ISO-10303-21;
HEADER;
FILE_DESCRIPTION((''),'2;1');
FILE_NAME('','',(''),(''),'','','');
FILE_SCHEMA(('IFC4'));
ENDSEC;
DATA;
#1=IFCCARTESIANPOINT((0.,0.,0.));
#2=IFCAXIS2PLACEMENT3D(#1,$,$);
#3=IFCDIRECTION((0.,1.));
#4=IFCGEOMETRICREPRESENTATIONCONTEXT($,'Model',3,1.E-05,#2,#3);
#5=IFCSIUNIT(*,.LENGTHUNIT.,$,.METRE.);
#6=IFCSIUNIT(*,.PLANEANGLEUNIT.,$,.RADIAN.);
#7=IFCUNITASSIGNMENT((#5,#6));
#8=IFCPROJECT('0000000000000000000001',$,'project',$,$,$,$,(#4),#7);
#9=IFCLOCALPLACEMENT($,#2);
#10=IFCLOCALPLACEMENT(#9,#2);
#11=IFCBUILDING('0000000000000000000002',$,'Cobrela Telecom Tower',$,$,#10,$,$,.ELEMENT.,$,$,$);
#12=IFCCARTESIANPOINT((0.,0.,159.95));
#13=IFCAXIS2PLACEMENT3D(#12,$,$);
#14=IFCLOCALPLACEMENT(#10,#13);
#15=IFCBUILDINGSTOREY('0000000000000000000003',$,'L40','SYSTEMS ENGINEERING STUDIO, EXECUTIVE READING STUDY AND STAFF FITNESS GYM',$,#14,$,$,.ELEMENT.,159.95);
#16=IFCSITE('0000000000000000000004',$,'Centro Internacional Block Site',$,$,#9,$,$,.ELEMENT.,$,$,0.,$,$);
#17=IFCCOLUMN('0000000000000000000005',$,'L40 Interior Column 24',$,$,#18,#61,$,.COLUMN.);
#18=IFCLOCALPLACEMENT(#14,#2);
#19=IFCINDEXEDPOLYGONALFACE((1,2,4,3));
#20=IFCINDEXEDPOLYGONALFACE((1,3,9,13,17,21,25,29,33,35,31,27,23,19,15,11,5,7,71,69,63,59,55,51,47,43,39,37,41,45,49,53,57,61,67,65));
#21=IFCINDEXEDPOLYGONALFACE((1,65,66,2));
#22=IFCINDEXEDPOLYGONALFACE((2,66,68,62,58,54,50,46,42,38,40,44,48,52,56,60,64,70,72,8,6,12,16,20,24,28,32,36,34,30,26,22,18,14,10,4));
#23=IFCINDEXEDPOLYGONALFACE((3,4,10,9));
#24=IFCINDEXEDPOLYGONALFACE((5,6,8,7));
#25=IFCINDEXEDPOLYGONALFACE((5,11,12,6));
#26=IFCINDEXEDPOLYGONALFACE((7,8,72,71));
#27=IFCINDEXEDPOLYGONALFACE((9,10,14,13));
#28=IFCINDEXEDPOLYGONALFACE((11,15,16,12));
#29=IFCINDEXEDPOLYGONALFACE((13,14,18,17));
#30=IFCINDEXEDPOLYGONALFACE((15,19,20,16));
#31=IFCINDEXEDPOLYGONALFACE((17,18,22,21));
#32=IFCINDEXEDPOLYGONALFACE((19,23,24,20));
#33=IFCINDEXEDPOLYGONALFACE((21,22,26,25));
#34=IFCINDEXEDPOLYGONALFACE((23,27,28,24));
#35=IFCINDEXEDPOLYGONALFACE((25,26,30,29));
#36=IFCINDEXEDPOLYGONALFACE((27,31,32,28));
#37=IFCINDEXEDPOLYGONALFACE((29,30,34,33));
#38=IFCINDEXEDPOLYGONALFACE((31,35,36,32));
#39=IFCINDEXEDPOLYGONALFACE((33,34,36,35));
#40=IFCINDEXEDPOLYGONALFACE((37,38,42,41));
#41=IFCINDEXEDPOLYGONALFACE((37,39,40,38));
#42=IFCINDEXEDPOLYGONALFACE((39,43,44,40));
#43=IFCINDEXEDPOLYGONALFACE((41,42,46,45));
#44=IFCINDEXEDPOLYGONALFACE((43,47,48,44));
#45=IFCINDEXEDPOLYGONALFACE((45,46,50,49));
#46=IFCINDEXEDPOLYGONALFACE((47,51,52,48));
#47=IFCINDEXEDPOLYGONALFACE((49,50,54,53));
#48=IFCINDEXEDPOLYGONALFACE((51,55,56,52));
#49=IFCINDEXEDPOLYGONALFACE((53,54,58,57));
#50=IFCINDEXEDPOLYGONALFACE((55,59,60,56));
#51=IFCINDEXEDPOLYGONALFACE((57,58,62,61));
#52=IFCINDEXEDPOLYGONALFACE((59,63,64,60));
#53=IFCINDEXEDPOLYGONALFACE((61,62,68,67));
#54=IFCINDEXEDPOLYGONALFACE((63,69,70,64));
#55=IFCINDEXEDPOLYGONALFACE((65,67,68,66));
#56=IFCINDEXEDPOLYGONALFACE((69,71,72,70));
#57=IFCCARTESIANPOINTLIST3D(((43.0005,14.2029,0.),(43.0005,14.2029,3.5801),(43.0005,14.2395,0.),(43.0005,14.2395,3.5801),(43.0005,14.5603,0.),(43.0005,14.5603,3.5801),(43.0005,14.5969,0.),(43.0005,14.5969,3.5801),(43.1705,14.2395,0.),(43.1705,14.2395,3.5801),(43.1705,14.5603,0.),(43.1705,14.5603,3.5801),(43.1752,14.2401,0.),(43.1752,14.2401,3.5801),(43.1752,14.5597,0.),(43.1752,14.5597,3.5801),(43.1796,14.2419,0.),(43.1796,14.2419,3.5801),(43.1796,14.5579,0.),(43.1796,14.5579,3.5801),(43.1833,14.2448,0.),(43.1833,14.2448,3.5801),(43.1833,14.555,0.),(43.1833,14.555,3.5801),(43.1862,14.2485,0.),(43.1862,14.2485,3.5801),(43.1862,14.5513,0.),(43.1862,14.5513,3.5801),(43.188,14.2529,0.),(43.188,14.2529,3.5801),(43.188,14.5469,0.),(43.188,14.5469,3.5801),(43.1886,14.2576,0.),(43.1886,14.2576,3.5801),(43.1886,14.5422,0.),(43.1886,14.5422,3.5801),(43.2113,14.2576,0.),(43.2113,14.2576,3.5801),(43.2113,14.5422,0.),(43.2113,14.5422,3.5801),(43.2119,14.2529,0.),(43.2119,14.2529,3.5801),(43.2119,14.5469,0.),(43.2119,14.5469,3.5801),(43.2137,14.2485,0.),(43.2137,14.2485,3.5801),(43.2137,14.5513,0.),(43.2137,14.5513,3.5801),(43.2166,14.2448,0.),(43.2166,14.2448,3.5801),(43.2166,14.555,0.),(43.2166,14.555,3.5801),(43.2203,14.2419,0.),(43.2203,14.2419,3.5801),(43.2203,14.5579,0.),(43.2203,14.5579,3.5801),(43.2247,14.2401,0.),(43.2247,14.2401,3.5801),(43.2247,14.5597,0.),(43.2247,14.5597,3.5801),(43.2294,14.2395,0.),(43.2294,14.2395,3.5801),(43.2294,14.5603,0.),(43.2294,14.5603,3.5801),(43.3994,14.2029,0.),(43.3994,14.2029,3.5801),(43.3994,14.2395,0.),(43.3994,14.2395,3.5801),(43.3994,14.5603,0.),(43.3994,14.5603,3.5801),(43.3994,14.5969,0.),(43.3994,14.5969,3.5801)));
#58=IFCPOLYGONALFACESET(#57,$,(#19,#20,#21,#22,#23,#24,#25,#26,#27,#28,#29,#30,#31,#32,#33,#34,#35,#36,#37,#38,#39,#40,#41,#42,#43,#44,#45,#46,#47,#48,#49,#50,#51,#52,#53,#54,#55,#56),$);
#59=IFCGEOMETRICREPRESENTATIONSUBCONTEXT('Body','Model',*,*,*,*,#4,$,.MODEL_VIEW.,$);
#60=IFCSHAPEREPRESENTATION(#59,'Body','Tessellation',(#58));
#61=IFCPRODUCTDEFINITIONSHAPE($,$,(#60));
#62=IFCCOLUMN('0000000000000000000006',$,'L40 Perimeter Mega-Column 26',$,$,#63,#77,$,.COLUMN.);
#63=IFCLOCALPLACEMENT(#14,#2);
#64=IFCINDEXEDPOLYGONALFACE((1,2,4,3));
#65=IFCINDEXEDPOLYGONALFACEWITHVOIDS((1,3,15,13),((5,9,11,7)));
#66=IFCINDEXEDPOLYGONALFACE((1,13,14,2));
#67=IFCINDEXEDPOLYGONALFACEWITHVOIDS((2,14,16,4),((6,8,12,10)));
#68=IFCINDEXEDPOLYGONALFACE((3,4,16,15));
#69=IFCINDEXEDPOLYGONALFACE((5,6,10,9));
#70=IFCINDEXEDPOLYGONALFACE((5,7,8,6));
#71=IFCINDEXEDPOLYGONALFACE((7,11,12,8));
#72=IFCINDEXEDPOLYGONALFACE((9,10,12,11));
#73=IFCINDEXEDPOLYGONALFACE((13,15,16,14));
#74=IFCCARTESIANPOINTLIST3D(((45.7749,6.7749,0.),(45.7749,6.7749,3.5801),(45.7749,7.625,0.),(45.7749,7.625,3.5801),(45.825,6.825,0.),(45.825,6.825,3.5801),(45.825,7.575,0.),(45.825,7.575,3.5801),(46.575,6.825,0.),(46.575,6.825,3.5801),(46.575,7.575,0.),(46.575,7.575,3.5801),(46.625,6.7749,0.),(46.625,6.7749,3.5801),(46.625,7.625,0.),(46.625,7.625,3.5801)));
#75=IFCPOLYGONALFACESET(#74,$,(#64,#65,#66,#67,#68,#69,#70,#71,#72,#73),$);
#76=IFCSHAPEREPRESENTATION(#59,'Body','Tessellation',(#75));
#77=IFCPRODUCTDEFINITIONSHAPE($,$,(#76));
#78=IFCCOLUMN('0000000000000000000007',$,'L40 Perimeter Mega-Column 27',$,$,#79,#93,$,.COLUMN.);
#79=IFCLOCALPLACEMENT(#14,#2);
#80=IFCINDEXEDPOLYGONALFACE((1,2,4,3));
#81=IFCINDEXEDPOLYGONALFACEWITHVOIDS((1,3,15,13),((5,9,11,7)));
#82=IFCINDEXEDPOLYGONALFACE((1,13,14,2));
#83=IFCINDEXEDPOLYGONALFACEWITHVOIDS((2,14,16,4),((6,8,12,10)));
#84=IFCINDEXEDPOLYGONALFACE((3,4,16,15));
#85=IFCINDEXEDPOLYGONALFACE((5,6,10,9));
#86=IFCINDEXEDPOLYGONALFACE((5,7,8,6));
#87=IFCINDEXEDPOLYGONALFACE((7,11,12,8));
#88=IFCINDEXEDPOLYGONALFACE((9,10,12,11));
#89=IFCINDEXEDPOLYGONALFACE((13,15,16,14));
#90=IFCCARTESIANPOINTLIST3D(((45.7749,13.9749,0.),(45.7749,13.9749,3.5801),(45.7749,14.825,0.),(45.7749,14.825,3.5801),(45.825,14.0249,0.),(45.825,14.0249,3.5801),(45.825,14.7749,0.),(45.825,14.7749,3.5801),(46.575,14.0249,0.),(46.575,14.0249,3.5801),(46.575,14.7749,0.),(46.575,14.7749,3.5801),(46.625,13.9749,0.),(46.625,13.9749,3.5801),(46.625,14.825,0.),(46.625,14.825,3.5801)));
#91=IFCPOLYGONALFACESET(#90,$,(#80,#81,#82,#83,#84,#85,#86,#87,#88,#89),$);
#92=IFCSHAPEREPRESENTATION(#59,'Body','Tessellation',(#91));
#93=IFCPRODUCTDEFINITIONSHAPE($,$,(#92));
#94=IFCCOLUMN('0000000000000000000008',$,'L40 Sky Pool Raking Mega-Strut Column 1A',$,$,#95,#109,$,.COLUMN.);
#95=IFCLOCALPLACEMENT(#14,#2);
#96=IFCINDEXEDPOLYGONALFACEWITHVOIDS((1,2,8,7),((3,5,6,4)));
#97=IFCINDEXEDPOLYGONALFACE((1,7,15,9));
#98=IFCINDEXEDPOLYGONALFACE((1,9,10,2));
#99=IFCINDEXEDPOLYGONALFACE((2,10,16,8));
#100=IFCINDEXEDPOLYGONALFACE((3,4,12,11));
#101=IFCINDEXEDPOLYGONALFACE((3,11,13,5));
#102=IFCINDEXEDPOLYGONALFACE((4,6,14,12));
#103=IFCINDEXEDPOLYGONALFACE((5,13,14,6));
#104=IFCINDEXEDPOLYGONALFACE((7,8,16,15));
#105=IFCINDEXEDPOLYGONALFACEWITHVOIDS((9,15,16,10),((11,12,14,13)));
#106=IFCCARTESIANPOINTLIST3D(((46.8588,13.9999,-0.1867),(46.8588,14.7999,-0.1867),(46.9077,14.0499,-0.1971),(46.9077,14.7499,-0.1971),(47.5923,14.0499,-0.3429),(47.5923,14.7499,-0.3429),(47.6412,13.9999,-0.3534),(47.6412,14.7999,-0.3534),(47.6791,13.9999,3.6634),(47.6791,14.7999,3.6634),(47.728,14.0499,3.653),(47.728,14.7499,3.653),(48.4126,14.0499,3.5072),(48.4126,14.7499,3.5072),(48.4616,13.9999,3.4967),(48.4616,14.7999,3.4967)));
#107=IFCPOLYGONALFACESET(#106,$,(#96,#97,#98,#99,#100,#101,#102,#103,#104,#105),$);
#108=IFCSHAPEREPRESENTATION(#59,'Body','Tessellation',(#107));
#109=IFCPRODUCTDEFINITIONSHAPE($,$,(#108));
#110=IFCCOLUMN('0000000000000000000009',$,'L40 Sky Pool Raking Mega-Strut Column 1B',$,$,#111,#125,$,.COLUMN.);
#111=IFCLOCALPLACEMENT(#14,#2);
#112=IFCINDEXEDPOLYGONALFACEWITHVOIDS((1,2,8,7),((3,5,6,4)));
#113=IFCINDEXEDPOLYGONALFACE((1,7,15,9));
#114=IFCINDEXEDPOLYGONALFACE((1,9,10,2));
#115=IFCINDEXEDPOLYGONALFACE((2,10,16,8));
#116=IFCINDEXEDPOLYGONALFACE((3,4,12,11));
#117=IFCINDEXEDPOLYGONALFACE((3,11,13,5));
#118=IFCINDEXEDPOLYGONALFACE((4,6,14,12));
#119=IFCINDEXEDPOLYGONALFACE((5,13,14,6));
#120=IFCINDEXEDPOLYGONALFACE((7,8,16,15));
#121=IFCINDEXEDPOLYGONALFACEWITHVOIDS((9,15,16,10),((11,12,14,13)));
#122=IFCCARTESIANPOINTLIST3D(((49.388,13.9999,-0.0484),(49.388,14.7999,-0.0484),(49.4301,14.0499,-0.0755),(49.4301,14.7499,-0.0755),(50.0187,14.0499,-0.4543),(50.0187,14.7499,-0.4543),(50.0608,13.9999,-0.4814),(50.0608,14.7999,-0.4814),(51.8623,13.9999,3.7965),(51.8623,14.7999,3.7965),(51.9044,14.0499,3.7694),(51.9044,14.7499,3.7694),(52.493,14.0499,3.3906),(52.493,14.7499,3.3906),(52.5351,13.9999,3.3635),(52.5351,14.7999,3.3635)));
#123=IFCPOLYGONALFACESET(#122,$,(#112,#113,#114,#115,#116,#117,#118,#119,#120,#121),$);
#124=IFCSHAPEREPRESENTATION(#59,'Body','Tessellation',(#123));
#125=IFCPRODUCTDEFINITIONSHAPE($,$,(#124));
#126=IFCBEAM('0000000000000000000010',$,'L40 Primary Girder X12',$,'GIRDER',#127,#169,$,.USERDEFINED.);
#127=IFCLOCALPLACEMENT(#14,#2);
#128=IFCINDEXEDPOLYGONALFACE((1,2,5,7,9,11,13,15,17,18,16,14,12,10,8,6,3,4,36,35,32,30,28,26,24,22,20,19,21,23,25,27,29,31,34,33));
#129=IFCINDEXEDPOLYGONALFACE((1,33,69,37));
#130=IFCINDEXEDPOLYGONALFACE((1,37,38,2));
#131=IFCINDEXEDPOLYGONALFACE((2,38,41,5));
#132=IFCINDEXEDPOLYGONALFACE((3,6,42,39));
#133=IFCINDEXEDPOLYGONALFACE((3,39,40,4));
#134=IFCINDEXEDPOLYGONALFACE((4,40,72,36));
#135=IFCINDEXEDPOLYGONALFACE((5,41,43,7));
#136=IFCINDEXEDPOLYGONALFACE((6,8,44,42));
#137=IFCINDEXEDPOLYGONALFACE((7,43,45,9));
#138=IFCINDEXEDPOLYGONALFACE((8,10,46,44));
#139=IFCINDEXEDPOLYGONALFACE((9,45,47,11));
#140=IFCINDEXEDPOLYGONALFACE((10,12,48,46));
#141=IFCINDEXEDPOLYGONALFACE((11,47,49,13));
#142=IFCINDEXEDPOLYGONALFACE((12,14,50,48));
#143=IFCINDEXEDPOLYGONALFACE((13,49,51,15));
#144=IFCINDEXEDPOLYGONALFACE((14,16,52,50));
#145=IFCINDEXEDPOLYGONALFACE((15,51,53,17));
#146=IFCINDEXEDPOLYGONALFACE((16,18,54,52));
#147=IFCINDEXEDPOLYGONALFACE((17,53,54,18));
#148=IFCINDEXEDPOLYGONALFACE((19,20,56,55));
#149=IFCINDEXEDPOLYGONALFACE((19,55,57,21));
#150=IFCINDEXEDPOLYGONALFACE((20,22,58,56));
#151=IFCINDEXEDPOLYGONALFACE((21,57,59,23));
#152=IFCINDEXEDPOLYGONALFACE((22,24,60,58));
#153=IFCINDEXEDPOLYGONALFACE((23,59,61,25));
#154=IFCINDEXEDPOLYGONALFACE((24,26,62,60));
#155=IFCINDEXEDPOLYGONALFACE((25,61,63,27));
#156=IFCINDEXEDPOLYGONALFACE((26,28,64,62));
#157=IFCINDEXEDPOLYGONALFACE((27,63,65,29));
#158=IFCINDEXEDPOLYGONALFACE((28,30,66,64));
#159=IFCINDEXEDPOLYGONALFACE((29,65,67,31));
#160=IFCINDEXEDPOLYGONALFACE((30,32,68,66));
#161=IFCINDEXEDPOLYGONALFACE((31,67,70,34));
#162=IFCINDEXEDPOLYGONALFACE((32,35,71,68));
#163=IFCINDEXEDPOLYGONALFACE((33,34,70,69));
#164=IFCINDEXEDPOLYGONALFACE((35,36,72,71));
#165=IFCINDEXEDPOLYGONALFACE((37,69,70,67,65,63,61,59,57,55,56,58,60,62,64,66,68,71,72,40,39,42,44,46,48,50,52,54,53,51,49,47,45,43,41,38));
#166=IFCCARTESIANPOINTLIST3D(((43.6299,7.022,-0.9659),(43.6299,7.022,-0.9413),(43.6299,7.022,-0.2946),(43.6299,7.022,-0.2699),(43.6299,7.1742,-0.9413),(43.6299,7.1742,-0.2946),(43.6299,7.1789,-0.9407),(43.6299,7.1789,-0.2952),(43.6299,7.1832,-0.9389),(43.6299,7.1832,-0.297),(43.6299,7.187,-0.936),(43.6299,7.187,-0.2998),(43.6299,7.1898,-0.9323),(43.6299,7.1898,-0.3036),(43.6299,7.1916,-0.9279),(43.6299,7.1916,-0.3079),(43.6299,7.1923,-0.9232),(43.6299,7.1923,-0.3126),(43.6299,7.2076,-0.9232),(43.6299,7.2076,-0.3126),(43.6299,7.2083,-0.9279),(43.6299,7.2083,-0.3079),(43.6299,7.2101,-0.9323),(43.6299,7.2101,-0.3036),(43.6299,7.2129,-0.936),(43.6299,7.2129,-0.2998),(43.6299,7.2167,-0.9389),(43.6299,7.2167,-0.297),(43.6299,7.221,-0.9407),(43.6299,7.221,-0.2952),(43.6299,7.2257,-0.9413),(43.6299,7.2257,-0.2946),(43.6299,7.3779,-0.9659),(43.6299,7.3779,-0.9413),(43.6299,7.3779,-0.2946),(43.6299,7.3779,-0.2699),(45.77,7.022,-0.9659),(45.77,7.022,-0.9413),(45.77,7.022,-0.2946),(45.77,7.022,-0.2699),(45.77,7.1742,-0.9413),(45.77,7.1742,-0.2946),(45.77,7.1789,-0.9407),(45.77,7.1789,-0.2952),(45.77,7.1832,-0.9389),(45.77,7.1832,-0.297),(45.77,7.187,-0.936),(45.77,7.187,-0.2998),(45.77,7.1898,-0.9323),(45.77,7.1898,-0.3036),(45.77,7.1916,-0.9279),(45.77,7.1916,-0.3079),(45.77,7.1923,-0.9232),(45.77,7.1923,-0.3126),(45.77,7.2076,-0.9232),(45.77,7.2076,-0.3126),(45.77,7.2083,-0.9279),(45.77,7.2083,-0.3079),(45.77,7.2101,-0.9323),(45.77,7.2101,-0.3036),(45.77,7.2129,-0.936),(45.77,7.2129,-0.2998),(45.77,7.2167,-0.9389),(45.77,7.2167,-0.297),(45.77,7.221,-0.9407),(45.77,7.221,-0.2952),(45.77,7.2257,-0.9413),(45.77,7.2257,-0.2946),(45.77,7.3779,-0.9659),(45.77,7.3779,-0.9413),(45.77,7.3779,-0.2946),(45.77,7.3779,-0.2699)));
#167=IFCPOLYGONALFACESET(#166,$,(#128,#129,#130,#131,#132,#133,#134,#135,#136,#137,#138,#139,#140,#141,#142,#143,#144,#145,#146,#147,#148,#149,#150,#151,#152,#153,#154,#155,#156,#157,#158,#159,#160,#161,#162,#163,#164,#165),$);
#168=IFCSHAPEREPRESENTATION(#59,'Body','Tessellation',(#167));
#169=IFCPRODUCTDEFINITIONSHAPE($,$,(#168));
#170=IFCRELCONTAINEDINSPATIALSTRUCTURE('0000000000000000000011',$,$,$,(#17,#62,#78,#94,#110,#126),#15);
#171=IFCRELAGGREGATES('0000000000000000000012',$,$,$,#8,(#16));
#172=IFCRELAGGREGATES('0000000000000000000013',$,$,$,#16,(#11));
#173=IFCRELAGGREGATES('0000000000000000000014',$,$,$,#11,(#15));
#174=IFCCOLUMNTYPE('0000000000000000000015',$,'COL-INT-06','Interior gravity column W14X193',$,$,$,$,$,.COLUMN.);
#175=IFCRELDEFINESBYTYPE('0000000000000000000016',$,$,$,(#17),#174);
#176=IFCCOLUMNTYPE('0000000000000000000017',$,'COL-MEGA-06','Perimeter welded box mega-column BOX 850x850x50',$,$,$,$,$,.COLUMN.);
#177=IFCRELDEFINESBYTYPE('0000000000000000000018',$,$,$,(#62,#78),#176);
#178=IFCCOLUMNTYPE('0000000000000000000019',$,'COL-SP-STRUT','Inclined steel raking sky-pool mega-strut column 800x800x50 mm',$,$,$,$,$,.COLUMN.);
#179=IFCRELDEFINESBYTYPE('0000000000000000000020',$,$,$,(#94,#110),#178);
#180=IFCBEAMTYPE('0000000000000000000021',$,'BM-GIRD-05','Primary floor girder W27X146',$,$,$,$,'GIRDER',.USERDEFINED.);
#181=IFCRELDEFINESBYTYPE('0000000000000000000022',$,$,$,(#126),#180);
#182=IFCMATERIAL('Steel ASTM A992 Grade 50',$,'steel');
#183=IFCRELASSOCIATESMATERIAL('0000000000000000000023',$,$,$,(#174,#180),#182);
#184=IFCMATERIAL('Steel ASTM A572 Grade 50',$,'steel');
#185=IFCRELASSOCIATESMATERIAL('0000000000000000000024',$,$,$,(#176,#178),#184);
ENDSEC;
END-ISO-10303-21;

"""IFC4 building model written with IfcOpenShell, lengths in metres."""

from ifc_helpers import new_model, si_unit, direction, frame, origin, origin_2d, place, context, subcontext, project, spatial, hollow_rectangle, i_section, extrude, material, material_profile, profile_set, type_object, element, save


model = new_model("IFC4")

# Units and contexts
model_context = context("Model", 3, precision=1e-05, world=origin(), true_north=direction((0.0, 1.0)))
body_context = subcontext(model_context, "Body", "Model", "MODEL_VIEW")
ifc_project = project(units=[si_unit("LENGTHUNIT", "METRE"), si_unit("PLANEANGLEUNIT", "RADIAN")], contexts=[model_context])

# Site, building, storey
site_placement = place(None, origin())
site = spatial("IfcSite", under=ifc_project, at=site_placement, Name="Centro Internacional Block Site", CompositionType="ELEMENT", RefElevation=0.0)
building_placement = place(site_placement, origin())
building = spatial("IfcBuilding", under=site, at=building_placement, Name="Cobrela Telecom Tower", CompositionType="ELEMENT")
storey_placement = place(building_placement, frame((0.0, 0.0, 159.95)))
storey = spatial("IfcBuildingStorey", under=building, at=storey_placement, Name="L40", Description="SYSTEMS ENGINEERING STUDIO, EXECUTIVE READING STUDY AND STAFF FITNESS GYM", CompositionType="ELEMENT", Elevation=159.95)

# Columns
ifc_material_1 = material(Name="Steel ASTM A992 Grade 50", Category="steel")
ifc_material_profile_1 = material_profile(ifc_material_1, i_section(OverallWidth=0.3989, OverallDepth=0.394, WebThickness=0.0227, FlangeThickness=0.0366, FilletRadius=0.0181, at=origin_2d()), Name="W14X193")
ifc_profile_set_1 = profile_set([ifc_material_profile_1], Name="Steel ASTM A992 Grade 50")
column_type_1 = type_object("IfcColumnType", Name="COL-INT-06", Description="Interior gravity column W14X193", PredefinedType="COLUMN", material=ifc_profile_set_1)
column_1_placement = place(storey_placement, frame((43.2, 14.3999, 0.0), z_axis=(0.0, 0.0, 1.0), x_axis=(1.0, 0.0, 0.0)))
element("IfcColumn", 1, at=column_1_placement, inside=storey, type_object=column_type_1, Name="L40 Interior Column 24", PredefinedType="COLUMN", context=body_context, shape_type="SweptSolid", body=[
    extrude(i_section(OverallWidth=0.3989, OverallDepth=0.394, WebThickness=0.0227, FlangeThickness=0.0366, FilletRadius=0.0181, at=origin_2d()), origin(), (0.0, 0.0, 1.0), 3.5801),
])
ifc_material_2 = material(Name="Steel ASTM A572 Grade 50", Category="steel")
ifc_material_profile_2 = material_profile(ifc_material_2, hollow_rectangle(XDim=0.8501, YDim=0.8501, WallThickness=0.05, at=origin_2d()), Name="BOX 850x850x50")
ifc_profile_set_2 = profile_set([ifc_material_profile_2], Name="Steel ASTM A572 Grade 50")
column_type_2 = type_object("IfcColumnType", Name="COL-MEGA-06", Description="Perimeter welded box mega-column BOX 850x850x50", PredefinedType="COLUMN", material=ifc_profile_set_2)
for number, where, z_axis, x_axis, name in (
    (2, (46.2, 7.2, 0.0), (0.0, 0.0, 1.0), (1.0, 0.0, 0.0), "L40 Perimeter Mega-Column 26"),
    (3, (46.2, 14.3999, 0.0), (0.0, 0.0, 1.0), (1.0, 0.0, 0.0), "L40 Perimeter Mega-Column 27"),
):
    element("IfcColumn", number, at=place(storey_placement, frame(where, z_axis=z_axis, x_axis=x_axis)), inside=storey, type_object=column_type_2, Name=name, PredefinedType="COLUMN", context=body_context, shape_type="SweptSolid", body=[
        extrude(hollow_rectangle(XDim=0.8501, YDim=0.8501, WallThickness=0.05, at=origin_2d()), origin(), (0.0, 0.0, 1.0), 3.5801),
    ])
ifc_material_profile_3 = material_profile(ifc_material_2, hollow_rectangle(XDim=0.8, YDim=0.8, WallThickness=0.05, at=origin_2d()), Name="BOX 800x800x50")
ifc_profile_set_3 = profile_set([ifc_material_profile_3], Name="Steel ASTM A572 Grade 50")
column_type_3 = type_object("IfcColumnType", Name="COL-SP-STRUT", Description="Inclined steel raking sky-pool mega-strut column 800x800x50 mm", PredefinedType="COLUMN", material=ifc_profile_set_3)
column_2_placement = place(storey_placement, frame((47.25, 14.3999, -0.27), z_axis=(0.208385, 0.0, 0.978047), x_axis=(0.0, 1.0, 0.0)))
element("IfcColumn", 4, at=column_2_placement, inside=storey, type_object=column_type_3, Name="L40 Sky Pool Raking Mega-Strut Column 1A", PredefinedType="COLUMN", context=body_context, shape_type="SweptSolid", body=[
    extrude(hollow_rectangle(XDim=0.8, YDim=0.8, WallThickness=0.05, at=origin_2d()), origin(), (0.0, 0.0, 1.0), 3.9365),
])
column_3_placement = place(storey_placement, frame((49.7244, 14.3999, -0.2649), z_axis=(0.54116, 0.0, 0.84092), x_axis=(0.0, 1.0, 0.0)))
element("IfcColumn", 5, at=column_3_placement, inside=storey, type_object=column_type_3, Name="L40 Sky Pool Raking Mega-Strut Column 1B", PredefinedType="COLUMN", context=body_context, shape_type="SweptSolid", body=[
    extrude(hollow_rectangle(XDim=0.8, YDim=0.8, WallThickness=0.05, at=origin_2d()), origin(), (0.0, 0.0, 1.0), 4.5723),
])

# Beam
ifc_material_profile_4 = material_profile(ifc_material_1, i_section(OverallWidth=0.356, OverallDepth=0.696, WebThickness=0.0154, FlangeThickness=0.0247, FilletRadius=0.0181, at=origin_2d()), Name="W27X146")
ifc_profile_set_4 = profile_set([ifc_material_profile_4], Name="Steel ASTM A992 Grade 50")
beam_type_1 = type_object("IfcBeamType", Name="BM-GIRD-05", Description="Primary floor girder W27X146", ElementType="GIRDER", PredefinedType="USERDEFINED", material=ifc_profile_set_4)
beam_1_placement = place(storey_placement, frame((43.6299, 7.2, -0.6179), z_axis=(1.0, 0.0, 0.0), x_axis=(0.0, 1.0, 0.0)))
element("IfcBeam", 6, at=beam_1_placement, inside=storey, type_object=beam_type_1, Name="L40 Primary Girder X12", ObjectType="GIRDER", PredefinedType="USERDEFINED", context=body_context, shape_type="SweptSolid", body=[
    extrude(i_section(OverallWidth=0.356, OverallDepth=0.696, WebThickness=0.0154, FlangeThickness=0.0247, FilletRadius=0.0181, at=origin_2d()), origin(), (0.0, 0.0, 1.0), 2.1401),
])

save(model, "model.ifc")
